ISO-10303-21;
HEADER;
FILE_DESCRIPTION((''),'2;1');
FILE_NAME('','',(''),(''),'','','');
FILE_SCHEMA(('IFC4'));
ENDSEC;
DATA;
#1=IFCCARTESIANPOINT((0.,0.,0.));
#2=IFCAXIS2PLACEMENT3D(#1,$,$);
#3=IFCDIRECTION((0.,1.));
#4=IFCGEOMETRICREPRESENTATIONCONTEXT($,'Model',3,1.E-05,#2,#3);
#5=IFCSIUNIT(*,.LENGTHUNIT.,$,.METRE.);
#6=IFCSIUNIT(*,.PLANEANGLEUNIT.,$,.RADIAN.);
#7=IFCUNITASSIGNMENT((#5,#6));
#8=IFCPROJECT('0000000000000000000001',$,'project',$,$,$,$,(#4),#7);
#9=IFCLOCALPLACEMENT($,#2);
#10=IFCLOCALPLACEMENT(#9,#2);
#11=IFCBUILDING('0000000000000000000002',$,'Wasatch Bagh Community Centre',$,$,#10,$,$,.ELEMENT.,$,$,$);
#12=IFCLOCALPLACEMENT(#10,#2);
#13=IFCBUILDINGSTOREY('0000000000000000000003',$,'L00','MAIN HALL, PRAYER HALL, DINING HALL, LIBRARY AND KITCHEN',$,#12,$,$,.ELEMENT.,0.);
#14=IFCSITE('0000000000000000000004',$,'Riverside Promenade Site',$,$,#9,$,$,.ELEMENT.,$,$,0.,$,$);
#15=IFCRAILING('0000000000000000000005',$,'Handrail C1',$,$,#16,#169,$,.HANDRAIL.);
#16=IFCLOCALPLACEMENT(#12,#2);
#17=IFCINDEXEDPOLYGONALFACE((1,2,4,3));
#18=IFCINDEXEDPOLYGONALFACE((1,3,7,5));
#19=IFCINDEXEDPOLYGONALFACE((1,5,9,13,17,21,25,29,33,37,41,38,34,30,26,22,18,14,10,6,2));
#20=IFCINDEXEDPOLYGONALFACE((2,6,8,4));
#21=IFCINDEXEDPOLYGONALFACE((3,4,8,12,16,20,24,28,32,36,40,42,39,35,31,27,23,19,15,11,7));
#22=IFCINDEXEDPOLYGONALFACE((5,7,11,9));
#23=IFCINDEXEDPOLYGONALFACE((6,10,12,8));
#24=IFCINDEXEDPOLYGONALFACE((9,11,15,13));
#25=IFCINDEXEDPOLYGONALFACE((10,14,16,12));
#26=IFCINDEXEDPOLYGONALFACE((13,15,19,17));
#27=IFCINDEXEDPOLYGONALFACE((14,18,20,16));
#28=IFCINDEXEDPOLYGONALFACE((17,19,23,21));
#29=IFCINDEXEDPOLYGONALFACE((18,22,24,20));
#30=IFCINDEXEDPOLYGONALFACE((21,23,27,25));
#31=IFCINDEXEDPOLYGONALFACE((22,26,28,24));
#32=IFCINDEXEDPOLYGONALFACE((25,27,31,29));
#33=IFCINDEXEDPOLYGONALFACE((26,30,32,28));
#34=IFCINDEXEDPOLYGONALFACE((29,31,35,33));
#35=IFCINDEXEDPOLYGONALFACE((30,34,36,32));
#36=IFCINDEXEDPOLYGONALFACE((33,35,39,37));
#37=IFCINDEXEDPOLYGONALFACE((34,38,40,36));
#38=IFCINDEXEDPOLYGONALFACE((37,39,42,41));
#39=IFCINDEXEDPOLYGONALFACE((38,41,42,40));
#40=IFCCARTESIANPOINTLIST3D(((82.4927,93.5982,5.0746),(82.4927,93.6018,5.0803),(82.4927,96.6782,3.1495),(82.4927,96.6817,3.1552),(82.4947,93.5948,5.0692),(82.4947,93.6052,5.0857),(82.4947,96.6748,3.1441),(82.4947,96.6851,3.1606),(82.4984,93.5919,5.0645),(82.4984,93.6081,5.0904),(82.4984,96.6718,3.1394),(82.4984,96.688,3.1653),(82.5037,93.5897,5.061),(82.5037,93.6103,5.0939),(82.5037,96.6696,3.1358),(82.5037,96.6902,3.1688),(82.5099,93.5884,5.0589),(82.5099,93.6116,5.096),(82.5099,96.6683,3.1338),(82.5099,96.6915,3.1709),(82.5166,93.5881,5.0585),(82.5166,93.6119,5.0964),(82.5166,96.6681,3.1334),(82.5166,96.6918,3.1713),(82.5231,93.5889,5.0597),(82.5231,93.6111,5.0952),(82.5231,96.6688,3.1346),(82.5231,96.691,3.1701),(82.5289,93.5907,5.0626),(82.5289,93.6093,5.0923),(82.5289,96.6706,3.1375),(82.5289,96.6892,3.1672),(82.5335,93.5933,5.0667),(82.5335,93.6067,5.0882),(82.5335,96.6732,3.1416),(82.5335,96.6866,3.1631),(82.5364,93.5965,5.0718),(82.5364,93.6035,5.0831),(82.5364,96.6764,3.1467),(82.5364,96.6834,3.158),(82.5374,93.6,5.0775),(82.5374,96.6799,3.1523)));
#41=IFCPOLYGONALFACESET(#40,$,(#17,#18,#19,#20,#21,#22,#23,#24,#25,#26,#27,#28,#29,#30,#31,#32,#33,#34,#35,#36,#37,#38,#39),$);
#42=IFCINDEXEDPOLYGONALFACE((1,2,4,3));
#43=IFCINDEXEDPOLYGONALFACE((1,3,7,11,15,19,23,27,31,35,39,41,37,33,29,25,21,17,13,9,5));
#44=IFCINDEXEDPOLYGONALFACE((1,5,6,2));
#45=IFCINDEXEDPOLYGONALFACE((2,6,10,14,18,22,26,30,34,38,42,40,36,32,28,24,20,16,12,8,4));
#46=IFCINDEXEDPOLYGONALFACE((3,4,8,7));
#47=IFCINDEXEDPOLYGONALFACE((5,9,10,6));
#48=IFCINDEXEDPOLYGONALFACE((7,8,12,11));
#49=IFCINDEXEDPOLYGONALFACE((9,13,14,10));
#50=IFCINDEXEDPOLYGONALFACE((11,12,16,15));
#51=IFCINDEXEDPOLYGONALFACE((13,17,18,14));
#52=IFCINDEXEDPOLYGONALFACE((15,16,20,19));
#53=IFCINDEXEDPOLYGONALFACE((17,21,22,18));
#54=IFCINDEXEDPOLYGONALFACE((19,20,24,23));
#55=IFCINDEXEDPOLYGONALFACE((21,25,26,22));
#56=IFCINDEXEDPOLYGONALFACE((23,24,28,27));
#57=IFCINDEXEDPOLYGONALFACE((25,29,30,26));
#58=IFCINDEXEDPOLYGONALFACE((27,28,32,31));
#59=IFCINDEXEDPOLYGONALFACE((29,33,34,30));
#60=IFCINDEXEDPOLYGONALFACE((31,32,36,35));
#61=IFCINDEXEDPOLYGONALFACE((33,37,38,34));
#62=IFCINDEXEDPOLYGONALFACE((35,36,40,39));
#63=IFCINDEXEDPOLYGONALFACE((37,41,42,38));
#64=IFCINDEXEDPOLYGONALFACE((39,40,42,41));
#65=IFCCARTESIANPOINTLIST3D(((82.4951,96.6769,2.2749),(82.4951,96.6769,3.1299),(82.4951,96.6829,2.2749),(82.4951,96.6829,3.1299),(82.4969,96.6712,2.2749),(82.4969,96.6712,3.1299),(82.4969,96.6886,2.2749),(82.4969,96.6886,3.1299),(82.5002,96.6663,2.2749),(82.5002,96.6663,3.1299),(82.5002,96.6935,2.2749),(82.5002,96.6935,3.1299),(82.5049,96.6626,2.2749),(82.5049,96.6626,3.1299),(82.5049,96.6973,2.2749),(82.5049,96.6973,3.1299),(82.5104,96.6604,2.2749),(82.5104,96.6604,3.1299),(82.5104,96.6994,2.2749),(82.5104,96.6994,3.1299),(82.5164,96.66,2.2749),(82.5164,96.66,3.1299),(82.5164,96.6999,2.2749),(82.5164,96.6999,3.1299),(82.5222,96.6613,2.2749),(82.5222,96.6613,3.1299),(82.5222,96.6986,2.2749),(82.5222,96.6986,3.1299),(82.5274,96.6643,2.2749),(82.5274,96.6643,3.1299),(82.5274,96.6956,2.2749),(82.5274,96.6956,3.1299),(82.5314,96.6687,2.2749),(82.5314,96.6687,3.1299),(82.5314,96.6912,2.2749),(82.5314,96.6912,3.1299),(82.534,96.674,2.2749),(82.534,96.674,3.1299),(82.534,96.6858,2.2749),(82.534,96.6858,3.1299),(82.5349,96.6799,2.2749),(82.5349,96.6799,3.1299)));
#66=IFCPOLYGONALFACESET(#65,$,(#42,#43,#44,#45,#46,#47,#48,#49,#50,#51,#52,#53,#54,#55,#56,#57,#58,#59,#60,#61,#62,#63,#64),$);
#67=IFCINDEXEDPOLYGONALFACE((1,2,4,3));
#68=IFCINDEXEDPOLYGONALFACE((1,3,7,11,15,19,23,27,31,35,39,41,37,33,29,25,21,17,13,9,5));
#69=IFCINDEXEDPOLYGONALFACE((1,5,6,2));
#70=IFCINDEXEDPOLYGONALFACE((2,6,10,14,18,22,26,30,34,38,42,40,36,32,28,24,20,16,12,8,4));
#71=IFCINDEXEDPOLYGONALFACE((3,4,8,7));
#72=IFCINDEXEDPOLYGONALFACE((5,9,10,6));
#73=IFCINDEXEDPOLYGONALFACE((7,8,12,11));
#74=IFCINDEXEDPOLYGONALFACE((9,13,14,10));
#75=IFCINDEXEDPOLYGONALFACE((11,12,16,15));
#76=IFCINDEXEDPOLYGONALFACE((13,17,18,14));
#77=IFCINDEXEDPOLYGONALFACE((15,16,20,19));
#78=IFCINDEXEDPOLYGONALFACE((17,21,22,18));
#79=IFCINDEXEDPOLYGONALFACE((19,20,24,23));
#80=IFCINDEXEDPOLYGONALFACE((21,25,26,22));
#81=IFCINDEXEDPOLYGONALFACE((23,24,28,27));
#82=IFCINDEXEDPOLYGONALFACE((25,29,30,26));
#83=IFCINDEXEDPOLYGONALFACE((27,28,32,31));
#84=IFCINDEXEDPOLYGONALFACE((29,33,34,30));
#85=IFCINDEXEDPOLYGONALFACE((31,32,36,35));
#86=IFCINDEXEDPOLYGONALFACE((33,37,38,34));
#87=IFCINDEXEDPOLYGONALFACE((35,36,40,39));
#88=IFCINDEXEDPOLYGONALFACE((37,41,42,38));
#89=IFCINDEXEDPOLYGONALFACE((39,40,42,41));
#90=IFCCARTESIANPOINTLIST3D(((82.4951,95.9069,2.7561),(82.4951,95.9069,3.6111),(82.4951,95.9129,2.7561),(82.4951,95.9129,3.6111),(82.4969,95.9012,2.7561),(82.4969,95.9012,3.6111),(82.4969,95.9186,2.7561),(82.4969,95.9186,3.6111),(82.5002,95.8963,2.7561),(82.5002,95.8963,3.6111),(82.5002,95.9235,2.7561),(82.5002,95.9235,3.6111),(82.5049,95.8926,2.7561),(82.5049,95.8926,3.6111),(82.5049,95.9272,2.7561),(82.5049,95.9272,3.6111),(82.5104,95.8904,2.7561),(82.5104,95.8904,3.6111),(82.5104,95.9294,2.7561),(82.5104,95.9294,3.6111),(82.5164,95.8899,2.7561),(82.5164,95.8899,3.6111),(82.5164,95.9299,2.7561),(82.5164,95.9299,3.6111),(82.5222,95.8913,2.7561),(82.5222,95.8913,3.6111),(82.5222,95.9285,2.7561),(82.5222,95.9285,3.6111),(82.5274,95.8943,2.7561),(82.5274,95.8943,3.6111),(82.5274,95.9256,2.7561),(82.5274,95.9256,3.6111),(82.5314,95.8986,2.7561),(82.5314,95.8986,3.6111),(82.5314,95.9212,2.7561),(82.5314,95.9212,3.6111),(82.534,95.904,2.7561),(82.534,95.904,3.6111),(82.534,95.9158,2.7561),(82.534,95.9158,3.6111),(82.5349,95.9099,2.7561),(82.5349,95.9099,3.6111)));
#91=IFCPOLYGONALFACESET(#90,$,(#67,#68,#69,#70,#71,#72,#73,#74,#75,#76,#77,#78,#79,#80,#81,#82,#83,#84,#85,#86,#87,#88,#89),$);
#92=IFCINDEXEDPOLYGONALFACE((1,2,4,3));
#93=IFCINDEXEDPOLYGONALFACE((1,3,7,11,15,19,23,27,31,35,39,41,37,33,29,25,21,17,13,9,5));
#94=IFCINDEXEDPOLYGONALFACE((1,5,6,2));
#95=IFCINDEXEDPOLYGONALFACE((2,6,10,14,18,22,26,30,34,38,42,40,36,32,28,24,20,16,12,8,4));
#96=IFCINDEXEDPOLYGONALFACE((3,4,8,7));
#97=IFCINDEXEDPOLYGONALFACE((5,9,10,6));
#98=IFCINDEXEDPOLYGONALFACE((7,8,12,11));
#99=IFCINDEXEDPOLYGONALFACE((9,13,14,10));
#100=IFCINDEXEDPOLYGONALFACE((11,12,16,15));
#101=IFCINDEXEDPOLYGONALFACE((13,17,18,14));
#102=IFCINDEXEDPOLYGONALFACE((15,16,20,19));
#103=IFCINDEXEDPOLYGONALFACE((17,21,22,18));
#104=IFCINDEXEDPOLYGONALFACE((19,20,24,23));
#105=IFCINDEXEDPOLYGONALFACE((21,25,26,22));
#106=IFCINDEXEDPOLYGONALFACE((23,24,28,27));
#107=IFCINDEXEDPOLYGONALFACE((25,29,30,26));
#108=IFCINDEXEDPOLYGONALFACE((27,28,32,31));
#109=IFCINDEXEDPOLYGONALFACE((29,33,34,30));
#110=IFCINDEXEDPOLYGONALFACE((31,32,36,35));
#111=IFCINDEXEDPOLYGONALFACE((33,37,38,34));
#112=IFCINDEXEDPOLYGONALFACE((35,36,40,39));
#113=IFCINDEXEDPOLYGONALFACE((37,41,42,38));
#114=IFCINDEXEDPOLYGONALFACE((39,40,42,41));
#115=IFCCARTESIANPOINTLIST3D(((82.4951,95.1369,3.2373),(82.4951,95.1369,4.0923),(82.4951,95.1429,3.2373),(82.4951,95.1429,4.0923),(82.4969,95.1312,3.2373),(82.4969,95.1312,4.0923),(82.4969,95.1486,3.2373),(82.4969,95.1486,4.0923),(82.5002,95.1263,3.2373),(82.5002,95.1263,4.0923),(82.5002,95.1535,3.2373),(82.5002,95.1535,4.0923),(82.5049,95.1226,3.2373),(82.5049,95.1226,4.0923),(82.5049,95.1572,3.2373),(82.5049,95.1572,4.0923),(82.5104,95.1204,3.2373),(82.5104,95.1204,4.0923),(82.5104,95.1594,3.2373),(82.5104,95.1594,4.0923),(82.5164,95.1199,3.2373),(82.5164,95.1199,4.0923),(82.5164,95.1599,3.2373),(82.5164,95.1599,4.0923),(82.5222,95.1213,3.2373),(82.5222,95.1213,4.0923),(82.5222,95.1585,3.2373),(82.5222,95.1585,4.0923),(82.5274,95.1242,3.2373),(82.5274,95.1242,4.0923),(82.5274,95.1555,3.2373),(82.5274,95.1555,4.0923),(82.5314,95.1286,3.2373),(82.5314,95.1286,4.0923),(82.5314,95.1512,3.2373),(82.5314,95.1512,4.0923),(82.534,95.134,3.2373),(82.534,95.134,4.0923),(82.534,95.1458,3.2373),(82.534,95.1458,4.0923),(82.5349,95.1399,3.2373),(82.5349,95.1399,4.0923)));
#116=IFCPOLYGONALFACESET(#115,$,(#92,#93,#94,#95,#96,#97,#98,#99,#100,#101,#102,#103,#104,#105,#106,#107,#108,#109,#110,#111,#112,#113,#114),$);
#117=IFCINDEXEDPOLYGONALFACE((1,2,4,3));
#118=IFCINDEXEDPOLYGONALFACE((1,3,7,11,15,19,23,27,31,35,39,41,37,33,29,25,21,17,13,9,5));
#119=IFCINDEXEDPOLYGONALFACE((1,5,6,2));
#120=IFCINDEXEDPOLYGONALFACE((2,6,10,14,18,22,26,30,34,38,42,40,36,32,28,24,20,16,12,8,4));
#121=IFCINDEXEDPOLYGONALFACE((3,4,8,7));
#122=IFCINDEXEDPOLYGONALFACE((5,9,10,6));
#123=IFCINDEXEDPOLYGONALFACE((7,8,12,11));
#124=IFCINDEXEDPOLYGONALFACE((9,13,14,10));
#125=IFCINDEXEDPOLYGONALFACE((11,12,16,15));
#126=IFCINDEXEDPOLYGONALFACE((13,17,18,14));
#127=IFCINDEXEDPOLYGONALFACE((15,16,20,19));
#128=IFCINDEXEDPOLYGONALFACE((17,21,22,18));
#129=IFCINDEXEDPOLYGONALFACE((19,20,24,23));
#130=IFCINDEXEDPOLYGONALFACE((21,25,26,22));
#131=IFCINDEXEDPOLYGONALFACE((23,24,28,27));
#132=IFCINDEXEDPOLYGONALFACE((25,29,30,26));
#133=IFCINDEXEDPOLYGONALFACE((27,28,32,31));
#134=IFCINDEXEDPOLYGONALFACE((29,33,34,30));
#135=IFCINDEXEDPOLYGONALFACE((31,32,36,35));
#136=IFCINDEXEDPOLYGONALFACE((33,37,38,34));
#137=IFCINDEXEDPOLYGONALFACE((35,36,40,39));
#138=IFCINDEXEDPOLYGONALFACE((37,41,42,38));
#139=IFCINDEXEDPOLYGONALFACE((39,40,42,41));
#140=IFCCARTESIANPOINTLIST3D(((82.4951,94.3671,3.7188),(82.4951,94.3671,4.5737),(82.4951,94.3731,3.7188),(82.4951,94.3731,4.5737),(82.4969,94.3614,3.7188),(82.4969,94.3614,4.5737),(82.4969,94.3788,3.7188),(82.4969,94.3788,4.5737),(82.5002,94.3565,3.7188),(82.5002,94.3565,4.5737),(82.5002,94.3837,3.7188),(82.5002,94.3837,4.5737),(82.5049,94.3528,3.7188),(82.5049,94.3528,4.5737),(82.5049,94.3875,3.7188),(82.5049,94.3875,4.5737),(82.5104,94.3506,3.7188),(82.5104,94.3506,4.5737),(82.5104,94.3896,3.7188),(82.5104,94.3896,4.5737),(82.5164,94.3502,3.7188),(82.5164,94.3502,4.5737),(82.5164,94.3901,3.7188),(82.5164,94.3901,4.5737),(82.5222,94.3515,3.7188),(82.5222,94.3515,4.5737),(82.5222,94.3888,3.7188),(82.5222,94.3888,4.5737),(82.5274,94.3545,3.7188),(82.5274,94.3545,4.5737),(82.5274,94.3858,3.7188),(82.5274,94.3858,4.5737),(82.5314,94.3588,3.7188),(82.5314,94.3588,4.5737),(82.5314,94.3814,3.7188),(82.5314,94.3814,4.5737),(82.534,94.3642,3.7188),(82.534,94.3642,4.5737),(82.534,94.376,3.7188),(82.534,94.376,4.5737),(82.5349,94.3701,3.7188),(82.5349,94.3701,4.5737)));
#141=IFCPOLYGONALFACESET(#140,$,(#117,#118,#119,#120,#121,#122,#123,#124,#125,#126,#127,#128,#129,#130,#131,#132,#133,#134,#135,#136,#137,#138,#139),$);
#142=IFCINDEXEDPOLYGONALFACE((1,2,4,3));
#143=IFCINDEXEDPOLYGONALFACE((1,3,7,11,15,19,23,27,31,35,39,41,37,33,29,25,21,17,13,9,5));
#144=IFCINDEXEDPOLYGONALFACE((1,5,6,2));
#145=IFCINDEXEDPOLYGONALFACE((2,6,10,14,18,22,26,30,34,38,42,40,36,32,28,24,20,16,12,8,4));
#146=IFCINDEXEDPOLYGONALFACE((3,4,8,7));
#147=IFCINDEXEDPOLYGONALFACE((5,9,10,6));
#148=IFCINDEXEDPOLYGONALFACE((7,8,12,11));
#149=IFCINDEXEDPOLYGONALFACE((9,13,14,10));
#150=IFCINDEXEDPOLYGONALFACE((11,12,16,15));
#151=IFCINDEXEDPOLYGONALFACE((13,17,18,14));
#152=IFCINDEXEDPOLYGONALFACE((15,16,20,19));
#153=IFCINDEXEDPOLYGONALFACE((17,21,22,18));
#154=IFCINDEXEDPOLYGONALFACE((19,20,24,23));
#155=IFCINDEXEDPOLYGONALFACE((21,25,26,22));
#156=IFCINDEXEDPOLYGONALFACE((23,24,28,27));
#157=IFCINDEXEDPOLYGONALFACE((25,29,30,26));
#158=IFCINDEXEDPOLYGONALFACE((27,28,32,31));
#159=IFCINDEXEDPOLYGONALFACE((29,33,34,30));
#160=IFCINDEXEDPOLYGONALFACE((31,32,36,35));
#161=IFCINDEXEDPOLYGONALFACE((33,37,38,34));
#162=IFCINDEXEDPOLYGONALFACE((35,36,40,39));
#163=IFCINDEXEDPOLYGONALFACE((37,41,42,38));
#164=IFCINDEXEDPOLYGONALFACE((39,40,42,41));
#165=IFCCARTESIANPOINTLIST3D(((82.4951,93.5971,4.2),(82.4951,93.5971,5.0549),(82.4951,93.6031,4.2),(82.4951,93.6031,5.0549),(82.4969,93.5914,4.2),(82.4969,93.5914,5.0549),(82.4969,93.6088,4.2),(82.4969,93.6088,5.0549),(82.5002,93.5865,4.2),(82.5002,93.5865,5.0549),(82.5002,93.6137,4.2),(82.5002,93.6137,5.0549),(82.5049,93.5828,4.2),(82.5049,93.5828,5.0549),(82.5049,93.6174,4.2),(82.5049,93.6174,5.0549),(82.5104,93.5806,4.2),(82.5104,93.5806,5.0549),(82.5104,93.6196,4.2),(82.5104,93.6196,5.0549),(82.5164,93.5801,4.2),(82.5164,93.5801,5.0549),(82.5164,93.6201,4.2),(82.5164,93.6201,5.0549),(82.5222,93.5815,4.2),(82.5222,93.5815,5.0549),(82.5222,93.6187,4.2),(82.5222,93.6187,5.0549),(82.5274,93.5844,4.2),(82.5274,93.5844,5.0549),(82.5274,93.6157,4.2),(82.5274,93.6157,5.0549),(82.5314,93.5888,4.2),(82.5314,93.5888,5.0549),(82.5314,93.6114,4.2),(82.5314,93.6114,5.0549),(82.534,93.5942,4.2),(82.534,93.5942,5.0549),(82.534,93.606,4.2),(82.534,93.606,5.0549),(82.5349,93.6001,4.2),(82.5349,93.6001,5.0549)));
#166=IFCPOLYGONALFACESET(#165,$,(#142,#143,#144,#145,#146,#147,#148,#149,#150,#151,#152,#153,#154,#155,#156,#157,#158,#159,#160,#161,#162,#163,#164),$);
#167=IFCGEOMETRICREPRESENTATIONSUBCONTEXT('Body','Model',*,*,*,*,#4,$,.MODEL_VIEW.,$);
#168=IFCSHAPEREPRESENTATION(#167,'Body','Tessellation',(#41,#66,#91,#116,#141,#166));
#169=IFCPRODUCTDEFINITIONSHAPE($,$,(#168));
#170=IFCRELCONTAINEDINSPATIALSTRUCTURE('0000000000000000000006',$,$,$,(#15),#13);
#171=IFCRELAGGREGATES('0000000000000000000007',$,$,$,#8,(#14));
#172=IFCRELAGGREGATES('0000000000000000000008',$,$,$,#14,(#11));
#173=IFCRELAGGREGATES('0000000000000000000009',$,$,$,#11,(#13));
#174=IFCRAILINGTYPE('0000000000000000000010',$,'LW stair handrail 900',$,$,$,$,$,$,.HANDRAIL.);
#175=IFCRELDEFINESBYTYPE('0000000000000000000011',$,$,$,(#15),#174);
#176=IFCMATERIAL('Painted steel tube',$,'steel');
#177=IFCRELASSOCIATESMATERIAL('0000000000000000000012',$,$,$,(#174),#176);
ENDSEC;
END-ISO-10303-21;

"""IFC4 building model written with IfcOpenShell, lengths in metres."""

from ifc_helpers import new_model, si_unit, direction, frame, origin, origin_2d, place, context, subcontext, project, spatial, circle, extrude, material, type_object, element, save


model = new_model("IFC4")

# Units and contexts
model_context = context("Model", 3, precision=1e-05, world=origin(), true_north=direction((0.0, 1.0)))
body_context = subcontext(model_context, "Body", "Model", "MODEL_VIEW")
ifc_project = project(units=[si_unit("LENGTHUNIT", "METRE"), si_unit("PLANEANGLEUNIT", "RADIAN")], contexts=[model_context])

# Site, building, storey
site_placement = place(None, origin())
site = spatial("IfcSite", under=ifc_project, at=site_placement, Name="Riverside Promenade Site", CompositionType="ELEMENT", RefElevation=0.0)
building_placement = place(site_placement, origin())
building = spatial("IfcBuilding", under=site, at=building_placement, Name="Wasatch Bagh Community Centre", CompositionType="ELEMENT")
storey_placement = place(building_placement, origin())
storey = spatial("IfcBuildingStorey", under=building, at=storey_placement, Name="L00", Description="MAIN HALL, PRAYER HALL, DINING HALL, LIBRARY AND KITCHEN", CompositionType="ELEMENT", Elevation=0.0)

# Railing
ifc_material_1 = material(Name="Painted steel tube", Category="steel")
railing_type_1 = type_object("IfcRailingType", Name="LW stair handrail 900", PredefinedType="HANDRAIL", material=ifc_material_1)
railing_1_placement = place(storey_placement, frame((82.5149, 96.6799, 2.2749)))
element("IfcRailing", 1, at=railing_1_placement, inside=storey, type_object=railing_type_1, Name="Handrail C1", PredefinedType="HANDRAIL", context=body_context, shape_type="SweptSolid", body=[
    extrude(circle(Radius=0.0225, at=origin_2d()), frame((0.0, 0.0, 0.8774), z_axis=(0.0, -0.847979, 0.530029), x_axis=(1.0, 0.0, 0.0)), (0.0, 0.0, 1.0), 3.6321),
    extrude(circle(Radius=0.02, at=origin_2d()), origin(), (0.0, 0.0, 1.0), 0.855),
    extrude(circle(Radius=0.02, at=origin_2d()), frame((0.0, -0.77, 0.4812)), (0.0, 0.0, 1.0), 0.855),
    extrude(circle(Radius=0.02, at=origin_2d()), frame((0.0, -1.54, 0.9624)), (0.0, 0.0, 1.0), 0.855),
    extrude(circle(Radius=0.02, at=origin_2d()), frame((0.0, -2.3098, 1.4438)), (0.0, 0.0, 1.0), 0.855),
    extrude(circle(Radius=0.02, at=origin_2d()), frame((0.0, -3.0798, 1.925)), (0.0, 0.0, 1.0), 0.855),
])

save(model, "model.ifc")
